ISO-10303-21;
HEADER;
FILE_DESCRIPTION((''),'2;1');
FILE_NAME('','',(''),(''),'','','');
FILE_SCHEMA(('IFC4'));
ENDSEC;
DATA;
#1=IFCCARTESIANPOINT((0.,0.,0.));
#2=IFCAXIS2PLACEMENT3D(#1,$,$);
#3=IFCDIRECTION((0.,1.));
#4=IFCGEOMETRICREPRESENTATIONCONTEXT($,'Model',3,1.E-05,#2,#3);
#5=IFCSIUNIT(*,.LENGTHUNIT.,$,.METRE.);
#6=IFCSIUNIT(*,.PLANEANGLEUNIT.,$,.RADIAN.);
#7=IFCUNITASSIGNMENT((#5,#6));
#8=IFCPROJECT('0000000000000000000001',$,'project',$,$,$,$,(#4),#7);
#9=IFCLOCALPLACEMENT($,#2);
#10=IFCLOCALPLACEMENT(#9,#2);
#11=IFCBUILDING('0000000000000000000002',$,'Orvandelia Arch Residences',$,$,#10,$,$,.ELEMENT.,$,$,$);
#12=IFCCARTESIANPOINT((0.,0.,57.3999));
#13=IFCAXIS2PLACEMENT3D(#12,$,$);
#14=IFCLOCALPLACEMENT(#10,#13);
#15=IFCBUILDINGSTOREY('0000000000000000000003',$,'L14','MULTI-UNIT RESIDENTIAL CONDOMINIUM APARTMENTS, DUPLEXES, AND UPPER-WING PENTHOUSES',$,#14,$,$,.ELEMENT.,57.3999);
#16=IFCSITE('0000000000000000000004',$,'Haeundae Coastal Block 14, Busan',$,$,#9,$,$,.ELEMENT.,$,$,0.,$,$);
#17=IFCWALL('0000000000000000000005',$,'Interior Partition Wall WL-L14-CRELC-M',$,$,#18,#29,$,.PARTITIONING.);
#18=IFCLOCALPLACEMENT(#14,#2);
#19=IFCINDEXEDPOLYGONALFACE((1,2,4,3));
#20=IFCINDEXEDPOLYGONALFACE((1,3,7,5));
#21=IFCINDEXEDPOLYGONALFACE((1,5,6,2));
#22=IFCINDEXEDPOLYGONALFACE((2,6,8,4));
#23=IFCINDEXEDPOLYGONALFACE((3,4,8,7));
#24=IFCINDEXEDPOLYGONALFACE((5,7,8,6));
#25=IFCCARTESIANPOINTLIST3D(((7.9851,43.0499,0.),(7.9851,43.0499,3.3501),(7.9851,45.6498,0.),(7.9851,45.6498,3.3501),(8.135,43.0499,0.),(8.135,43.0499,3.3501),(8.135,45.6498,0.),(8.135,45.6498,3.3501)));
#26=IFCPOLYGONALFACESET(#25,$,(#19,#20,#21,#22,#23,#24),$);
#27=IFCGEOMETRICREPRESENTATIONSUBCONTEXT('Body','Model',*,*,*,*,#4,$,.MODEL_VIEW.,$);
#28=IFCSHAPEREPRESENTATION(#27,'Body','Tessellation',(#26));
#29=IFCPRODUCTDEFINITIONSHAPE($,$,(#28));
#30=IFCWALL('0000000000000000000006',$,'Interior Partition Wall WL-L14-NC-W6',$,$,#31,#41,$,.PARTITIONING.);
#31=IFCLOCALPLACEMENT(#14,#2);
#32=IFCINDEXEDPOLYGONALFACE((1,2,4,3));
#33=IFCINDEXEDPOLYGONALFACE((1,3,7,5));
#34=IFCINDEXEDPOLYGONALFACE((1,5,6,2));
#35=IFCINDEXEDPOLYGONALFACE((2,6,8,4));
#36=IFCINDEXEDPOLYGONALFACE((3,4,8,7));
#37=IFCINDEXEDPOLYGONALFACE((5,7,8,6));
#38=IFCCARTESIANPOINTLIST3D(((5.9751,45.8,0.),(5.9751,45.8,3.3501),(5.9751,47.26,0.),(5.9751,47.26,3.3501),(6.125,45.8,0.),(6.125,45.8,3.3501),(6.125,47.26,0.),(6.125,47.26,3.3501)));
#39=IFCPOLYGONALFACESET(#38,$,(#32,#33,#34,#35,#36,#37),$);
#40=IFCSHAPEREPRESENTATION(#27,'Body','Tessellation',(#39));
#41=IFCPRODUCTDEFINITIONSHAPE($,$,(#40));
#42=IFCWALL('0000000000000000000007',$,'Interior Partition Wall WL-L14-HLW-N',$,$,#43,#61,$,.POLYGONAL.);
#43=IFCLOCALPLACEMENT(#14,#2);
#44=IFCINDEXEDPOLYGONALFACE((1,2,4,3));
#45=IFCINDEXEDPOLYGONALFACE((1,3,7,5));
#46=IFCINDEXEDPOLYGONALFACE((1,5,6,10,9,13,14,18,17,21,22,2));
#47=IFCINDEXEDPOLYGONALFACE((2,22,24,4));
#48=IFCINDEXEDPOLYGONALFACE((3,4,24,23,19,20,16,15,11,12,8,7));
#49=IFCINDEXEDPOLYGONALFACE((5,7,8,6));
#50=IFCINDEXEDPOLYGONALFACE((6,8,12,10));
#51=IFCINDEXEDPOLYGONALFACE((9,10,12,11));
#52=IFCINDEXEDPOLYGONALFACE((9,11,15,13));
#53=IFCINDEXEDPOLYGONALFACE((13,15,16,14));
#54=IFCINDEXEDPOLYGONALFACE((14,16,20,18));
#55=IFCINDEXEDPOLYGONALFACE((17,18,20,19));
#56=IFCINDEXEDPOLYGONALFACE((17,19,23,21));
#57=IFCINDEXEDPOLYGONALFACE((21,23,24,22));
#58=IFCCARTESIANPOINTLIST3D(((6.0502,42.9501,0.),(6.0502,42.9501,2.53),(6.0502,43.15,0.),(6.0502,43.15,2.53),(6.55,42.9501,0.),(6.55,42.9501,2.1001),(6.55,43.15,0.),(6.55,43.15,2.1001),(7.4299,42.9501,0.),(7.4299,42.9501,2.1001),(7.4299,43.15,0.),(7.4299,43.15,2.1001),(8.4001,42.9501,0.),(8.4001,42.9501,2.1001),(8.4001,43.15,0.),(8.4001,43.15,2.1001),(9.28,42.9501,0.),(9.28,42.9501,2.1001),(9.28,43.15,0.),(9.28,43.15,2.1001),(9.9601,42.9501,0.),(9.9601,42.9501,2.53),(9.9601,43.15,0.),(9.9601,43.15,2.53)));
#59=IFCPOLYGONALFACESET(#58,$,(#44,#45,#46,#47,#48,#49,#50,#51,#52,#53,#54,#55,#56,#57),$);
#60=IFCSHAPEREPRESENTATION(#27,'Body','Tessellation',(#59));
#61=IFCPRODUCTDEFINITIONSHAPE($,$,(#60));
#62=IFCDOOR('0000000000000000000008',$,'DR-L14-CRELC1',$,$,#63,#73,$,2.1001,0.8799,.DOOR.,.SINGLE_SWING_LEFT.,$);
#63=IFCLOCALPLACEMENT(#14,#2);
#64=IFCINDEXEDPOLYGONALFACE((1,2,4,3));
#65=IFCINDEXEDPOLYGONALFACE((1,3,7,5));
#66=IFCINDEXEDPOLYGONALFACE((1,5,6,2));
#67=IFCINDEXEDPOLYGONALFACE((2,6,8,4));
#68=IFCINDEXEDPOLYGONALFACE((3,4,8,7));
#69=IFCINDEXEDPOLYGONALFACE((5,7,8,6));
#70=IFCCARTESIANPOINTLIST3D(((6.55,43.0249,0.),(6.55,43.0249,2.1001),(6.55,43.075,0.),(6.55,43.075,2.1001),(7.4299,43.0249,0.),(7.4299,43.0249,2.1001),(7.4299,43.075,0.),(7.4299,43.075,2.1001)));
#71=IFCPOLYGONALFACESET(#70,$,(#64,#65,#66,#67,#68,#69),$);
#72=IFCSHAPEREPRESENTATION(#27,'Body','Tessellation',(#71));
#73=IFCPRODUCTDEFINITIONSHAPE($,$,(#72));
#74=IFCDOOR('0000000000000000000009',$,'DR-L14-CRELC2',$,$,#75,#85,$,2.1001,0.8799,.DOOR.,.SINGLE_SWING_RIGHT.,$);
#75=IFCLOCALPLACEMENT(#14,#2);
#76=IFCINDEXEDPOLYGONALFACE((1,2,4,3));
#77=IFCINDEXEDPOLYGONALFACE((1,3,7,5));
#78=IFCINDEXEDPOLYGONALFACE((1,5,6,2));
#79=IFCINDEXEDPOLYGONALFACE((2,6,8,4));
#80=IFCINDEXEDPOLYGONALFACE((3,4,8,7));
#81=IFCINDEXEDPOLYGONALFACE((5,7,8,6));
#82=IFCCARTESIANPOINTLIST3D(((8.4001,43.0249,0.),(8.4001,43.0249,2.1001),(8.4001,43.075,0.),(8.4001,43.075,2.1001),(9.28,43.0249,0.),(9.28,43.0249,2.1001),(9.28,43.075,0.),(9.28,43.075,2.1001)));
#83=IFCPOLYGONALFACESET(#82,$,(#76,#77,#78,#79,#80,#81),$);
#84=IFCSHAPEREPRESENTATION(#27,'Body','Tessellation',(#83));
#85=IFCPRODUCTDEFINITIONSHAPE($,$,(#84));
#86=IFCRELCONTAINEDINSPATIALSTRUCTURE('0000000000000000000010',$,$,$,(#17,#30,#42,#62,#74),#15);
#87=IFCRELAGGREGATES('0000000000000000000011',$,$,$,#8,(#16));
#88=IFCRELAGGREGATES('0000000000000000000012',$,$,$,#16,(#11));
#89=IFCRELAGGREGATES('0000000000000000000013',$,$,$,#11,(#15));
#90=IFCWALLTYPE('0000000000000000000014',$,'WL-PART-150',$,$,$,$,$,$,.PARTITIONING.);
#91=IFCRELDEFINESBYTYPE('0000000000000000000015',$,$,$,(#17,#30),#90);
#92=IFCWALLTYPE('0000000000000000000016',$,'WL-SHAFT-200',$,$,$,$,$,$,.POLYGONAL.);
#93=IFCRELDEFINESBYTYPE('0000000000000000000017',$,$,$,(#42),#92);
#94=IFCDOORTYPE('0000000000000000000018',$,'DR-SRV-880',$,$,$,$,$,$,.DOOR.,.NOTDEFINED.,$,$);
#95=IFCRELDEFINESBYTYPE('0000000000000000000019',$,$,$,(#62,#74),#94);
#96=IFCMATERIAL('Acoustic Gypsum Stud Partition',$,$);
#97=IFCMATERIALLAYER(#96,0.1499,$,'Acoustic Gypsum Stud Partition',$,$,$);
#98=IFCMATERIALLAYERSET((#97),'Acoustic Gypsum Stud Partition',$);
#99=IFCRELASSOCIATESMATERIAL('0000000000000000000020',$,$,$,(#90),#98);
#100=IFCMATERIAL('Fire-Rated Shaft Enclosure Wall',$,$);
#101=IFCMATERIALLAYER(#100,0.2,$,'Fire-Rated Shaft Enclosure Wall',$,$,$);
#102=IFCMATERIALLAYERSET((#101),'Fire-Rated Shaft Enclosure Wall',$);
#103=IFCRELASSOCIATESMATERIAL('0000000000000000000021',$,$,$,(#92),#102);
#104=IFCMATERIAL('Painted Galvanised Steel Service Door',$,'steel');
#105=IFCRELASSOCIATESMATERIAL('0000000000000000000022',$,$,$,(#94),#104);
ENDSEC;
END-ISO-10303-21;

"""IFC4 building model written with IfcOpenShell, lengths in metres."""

from ifc_helpers import new_model, si_unit, direction, frame, frame_2d, origin, place, context, subcontext, project, spatial, rectangle, extrude, material, layer, layer_set, type_object, element, fill, save


model = new_model("IFC4")

# Units and contexts
model_context = context("Model", 3, precision=1e-05, world=origin(), true_north=direction((0.0, 1.0)))
body_context = subcontext(model_context, "Body", "Model", "MODEL_VIEW")
ifc_project = project(units=[si_unit("LENGTHUNIT", "METRE"), si_unit("PLANEANGLEUNIT", "RADIAN")], contexts=[model_context])

# Site, building, storey
site_placement = place(None, origin())
site = spatial("IfcSite", under=ifc_project, at=site_placement, Name="Haeundae Coastal Block 14, Busan", CompositionType="ELEMENT", RefElevation=0.0)
building_placement = place(site_placement, origin())
building = spatial("IfcBuilding", under=site, at=building_placement, Name="Orvandelia Arch Residences", CompositionType="ELEMENT")
storey_placement = place(building_placement, frame((0.0, 0.0, 57.3999)))
storey = spatial("IfcBuildingStorey", under=building, at=storey_placement, Name="L14", Description="MULTI-UNIT RESIDENTIAL CONDOMINIUM APARTMENTS, DUPLEXES, AND UPPER-WING PENTHOUSES", CompositionType="ELEMENT", Elevation=57.3999)

# Walls
ifc_material_1 = material(Name="Acoustic Gypsum Stud Partition")
ifc_layer_1 = layer(ifc_material_1, 0.1499, Name="Acoustic Gypsum Stud Partition")
ifc_layer_set_1 = layer_set([ifc_layer_1], Name="Acoustic Gypsum Stud Partition")
wall_type_1 = type_object("IfcWallType", Name="WL-PART-150", PredefinedType="PARTITIONING", material=ifc_layer_set_1)
wall_1_placement = place(storey_placement, frame((8.0601, 43.05, 0.0), z_axis=(0.0, 0.0, 1.0), x_axis=(0.0, 1.0, 0.0)))
element("IfcWall", 1, at=wall_1_placement, inside=storey, type_object=wall_type_1, Name="Interior Partition Wall WL-L14-CRELC-M", PredefinedType="PARTITIONING", context=body_context, shape_type="SweptSolid", body=[
    extrude(rectangle(XDim=2.5999, YDim=0.1499, at=frame_2d((1.2998, 0.0))), origin(), (0.0, 0.0, 1.0), 3.3501),
])
wall_2_placement = place(storey_placement, frame((6.05, 45.8, 0.0), z_axis=(0.0, 0.0, 1.0), x_axis=(0.0, 1.0, 0.0)))
element("IfcWall", 2, at=wall_2_placement, inside=storey, type_object=wall_type_1, Name="Interior Partition Wall WL-L14-NC-W6", PredefinedType="PARTITIONING", context=body_context, shape_type="SweptSolid", body=[
    extrude(rectangle(XDim=1.46, YDim=0.1499, at=frame_2d((0.73, 0.0))), origin(), (0.0, 0.0, 1.0), 3.3501),
])

# Wall, openings, doors
ifc_material_2 = material(Name="Fire-Rated Shaft Enclosure Wall")
ifc_layer_2 = layer(ifc_material_2, 0.2, Name="Fire-Rated Shaft Enclosure Wall")
ifc_layer_set_2 = layer_set([ifc_layer_2], Name="Fire-Rated Shaft Enclosure Wall")
wall_type_2 = type_object("IfcWallType", Name="WL-SHAFT-200", PredefinedType="POLYGONAL", material=ifc_layer_set_2)
wall_3_placement = place(storey_placement, frame((6.05, 43.05, 0.0), z_axis=(0.0, 0.0, 1.0), x_axis=(1.0, 0.0, 0.0)))
wall_3 = element("IfcWall", 3, at=wall_3_placement, inside=storey, type_object=wall_type_2, Name="Interior Partition Wall WL-L14-HLW-N", PredefinedType="POLYGONAL", context=body_context, shape_type="SweptSolid", body=[
    extrude(rectangle(XDim=3.9099, YDim=0.2, at=frame_2d((1.9551, 0.0))), origin(), (0.0, 0.0, 1.0), 2.53),
])
opening_1_placement = place(wall_3_placement, frame((0.5, 0.0, 0.0)))
opening_1 = element("IfcOpeningElement", 4, at=opening_1_placement, cuts=wall_3, PredefinedType="OPENING", context=body_context, shape_type="SweptSolid", body=[
    extrude(rectangle(XDim=0.8799, YDim=2.1001, at=frame_2d((0.4399, 1.05))), frame((0.0, 0.1099, 0.0), z_axis=(0.0, -1.0, 0.0), x_axis=(1.0, 0.0, 0.0)), (0.0, 0.0, 1.0), 0.22),
])
opening_2_placement = place(wall_3_placement, frame((2.3501, 0.0, 0.0)))
opening_2 = element("IfcOpeningElement", 5, at=opening_2_placement, cuts=wall_3, PredefinedType="OPENING", context=body_context, shape_type="SweptSolid", body=[
    extrude(rectangle(XDim=0.8799, YDim=2.1001, at=frame_2d((0.4399, 1.05))), frame((0.0, 0.1099, 0.0), z_axis=(0.0, -1.0, 0.0), x_axis=(1.0, 0.0, 0.0)), (0.0, 0.0, 1.0), 0.22),
])
ifc_material_3 = material(Name="Painted Galvanised Steel Service Door", Category="steel")
door_type = type_object("IfcDoorType", Name="DR-SRV-880", OperationType="NOTDEFINED", PredefinedType="DOOR", material=ifc_material_3)
door_1_placement = place(opening_1_placement, origin())
door_1 = element("IfcDoor", 6, at=door_1_placement, inside=storey, type_object=door_type, Name="DR-L14-CRELC1", OperationType="SINGLE_SWING_LEFT", OverallHeight=2.1001, OverallWidth=0.8799, PredefinedType="DOOR", context=body_context, shape_type="SweptSolid", body=[
    extrude(rectangle(XDim=0.8799, YDim=2.1001, at=frame_2d((0.4399, 1.05))), frame((0.0, 0.0249, 0.0), z_axis=(0.0, -1.0, 0.0), x_axis=(1.0, 0.0, 0.0)), (0.0, 0.0, 1.0), 0.05),
])
fill(opening_1, door_1)
door_2_placement = place(opening_2_placement, origin())
door_2 = element("IfcDoor", 7, at=door_2_placement, inside=storey, type_object=door_type, Name="DR-L14-CRELC2", OperationType="SINGLE_SWING_RIGHT", OverallHeight=2.1001, OverallWidth=0.8799, PredefinedType="DOOR", context=body_context, shape_type="SweptSolid", body=[
    extrude(rectangle(XDim=0.8799, YDim=2.1001, at=frame_2d((0.4399, 1.05))), frame((0.0, 0.0249, 0.0), z_axis=(0.0, -1.0, 0.0), x_axis=(1.0, 0.0, 0.0)), (0.0, 0.0, 1.0), 0.05),
])
fill(opening_2, door_2)

save(model, "model.ifc")
